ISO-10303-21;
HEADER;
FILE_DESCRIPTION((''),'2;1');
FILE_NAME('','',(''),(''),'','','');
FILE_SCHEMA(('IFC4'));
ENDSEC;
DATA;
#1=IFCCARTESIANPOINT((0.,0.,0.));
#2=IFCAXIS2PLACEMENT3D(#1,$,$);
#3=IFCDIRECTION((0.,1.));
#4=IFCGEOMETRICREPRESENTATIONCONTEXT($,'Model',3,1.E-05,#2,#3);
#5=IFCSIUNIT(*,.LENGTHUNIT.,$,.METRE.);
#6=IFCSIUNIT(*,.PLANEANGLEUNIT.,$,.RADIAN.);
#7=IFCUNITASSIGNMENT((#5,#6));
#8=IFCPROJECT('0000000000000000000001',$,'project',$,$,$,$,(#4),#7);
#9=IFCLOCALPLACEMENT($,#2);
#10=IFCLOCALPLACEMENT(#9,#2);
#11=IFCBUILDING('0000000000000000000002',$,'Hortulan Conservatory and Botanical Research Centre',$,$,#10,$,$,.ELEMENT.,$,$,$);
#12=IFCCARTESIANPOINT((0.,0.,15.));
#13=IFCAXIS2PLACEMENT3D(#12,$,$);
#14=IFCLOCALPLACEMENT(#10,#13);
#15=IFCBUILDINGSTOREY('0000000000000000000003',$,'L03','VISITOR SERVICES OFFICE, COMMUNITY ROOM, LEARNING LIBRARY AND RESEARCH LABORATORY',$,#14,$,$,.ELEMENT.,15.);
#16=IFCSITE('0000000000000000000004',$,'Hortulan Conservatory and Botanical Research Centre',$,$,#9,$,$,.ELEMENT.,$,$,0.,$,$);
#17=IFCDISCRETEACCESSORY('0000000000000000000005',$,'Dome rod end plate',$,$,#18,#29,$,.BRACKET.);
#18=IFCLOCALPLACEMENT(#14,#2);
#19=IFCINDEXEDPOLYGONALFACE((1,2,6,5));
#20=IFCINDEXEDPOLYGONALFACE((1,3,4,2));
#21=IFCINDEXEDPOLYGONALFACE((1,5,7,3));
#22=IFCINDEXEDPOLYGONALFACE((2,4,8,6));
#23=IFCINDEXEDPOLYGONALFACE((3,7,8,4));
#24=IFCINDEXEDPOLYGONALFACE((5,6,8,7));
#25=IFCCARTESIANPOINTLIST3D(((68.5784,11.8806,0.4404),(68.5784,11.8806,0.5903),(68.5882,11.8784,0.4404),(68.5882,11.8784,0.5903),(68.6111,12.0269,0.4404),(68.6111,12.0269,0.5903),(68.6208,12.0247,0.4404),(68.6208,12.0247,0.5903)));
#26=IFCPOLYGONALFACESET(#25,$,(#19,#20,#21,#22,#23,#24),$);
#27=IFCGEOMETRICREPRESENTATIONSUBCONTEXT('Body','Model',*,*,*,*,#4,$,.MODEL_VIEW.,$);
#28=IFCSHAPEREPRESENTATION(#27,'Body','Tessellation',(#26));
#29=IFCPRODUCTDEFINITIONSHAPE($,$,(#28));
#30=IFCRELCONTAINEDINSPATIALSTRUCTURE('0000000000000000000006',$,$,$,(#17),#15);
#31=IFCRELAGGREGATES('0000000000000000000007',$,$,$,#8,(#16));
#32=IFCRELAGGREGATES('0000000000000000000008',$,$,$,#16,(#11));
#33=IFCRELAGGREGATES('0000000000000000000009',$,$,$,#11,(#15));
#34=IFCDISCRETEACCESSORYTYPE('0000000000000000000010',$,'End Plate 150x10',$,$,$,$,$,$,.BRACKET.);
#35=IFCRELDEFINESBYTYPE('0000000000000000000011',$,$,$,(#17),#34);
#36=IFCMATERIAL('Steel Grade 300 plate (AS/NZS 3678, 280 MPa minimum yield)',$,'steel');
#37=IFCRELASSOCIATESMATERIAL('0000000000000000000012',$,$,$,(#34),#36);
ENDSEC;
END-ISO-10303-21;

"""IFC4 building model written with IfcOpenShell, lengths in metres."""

from ifc_helpers import new_model, si_unit, direction, frame, origin, origin_2d, place, context, subcontext, project, spatial, rectangle, extrude, material, type_object, element, save


model = new_model("IFC4")

# Units and contexts
model_context = context("Model", 3, precision=1e-05, world=origin(), true_north=direction((0.0, 1.0)))
body_context = subcontext(model_context, "Body", "Model", "MODEL_VIEW")
ifc_project = project(units=[si_unit("LENGTHUNIT", "METRE"), si_unit("PLANEANGLEUNIT", "RADIAN")], contexts=[model_context])

# Site, building, storey
site_placement = place(None, origin())
site = spatial("IfcSite", under=ifc_project, at=site_placement, Name="Hortulan Conservatory and Botanical Research Centre", CompositionType="ELEMENT", RefElevation=0.0)
building_placement = place(site_placement, origin())
building = spatial("IfcBuilding", under=site, at=building_placement, Name="Hortulan Conservatory and Botanical Research Centre", CompositionType="ELEMENT")
storey_placement = place(building_placement, frame((0.0, 0.0, 15.0)))
storey = spatial("IfcBuildingStorey", under=building, at=storey_placement, Name="L03", Description="VISITOR SERVICES OFFICE, COMMUNITY ROOM, LEARNING LIBRARY AND RESEARCH LABORATORY", CompositionType="ELEMENT", Elevation=15.0)

# Discrete accessory
ifc_material_1 = material(Name="Steel Grade 300 plate (AS/NZS 3678, 280 MPa minimum yield)", Category="steel")
discrete_accessory_type = type_object("IfcDiscreteAccessoryType", Name="End Plate 150x10", PredefinedType="BRACKET", material=ifc_material_1)
for number, where, z_axis, x_axis, name in (
    (1, (68.5996, 11.9526, 0.4404), (0.0, 0.0, 1.0), (0.218041, 0.97594, 0.0), "Dome rod end plate"),
):
    element("IfcDiscreteAccessory", number, at=place(storey_placement, frame(where, z_axis=z_axis, x_axis=x_axis)), inside=storey, type_object=discrete_accessory_type, Name=name, PredefinedType="BRACKET", context=body_context, shape_type="SweptSolid", body=[
        extrude(rectangle(XDim=0.1499, YDim=0.01, at=origin_2d()), origin(), (0.0, 0.0, 1.0), 0.1499),
    ])

save(model, "model.ifc")
